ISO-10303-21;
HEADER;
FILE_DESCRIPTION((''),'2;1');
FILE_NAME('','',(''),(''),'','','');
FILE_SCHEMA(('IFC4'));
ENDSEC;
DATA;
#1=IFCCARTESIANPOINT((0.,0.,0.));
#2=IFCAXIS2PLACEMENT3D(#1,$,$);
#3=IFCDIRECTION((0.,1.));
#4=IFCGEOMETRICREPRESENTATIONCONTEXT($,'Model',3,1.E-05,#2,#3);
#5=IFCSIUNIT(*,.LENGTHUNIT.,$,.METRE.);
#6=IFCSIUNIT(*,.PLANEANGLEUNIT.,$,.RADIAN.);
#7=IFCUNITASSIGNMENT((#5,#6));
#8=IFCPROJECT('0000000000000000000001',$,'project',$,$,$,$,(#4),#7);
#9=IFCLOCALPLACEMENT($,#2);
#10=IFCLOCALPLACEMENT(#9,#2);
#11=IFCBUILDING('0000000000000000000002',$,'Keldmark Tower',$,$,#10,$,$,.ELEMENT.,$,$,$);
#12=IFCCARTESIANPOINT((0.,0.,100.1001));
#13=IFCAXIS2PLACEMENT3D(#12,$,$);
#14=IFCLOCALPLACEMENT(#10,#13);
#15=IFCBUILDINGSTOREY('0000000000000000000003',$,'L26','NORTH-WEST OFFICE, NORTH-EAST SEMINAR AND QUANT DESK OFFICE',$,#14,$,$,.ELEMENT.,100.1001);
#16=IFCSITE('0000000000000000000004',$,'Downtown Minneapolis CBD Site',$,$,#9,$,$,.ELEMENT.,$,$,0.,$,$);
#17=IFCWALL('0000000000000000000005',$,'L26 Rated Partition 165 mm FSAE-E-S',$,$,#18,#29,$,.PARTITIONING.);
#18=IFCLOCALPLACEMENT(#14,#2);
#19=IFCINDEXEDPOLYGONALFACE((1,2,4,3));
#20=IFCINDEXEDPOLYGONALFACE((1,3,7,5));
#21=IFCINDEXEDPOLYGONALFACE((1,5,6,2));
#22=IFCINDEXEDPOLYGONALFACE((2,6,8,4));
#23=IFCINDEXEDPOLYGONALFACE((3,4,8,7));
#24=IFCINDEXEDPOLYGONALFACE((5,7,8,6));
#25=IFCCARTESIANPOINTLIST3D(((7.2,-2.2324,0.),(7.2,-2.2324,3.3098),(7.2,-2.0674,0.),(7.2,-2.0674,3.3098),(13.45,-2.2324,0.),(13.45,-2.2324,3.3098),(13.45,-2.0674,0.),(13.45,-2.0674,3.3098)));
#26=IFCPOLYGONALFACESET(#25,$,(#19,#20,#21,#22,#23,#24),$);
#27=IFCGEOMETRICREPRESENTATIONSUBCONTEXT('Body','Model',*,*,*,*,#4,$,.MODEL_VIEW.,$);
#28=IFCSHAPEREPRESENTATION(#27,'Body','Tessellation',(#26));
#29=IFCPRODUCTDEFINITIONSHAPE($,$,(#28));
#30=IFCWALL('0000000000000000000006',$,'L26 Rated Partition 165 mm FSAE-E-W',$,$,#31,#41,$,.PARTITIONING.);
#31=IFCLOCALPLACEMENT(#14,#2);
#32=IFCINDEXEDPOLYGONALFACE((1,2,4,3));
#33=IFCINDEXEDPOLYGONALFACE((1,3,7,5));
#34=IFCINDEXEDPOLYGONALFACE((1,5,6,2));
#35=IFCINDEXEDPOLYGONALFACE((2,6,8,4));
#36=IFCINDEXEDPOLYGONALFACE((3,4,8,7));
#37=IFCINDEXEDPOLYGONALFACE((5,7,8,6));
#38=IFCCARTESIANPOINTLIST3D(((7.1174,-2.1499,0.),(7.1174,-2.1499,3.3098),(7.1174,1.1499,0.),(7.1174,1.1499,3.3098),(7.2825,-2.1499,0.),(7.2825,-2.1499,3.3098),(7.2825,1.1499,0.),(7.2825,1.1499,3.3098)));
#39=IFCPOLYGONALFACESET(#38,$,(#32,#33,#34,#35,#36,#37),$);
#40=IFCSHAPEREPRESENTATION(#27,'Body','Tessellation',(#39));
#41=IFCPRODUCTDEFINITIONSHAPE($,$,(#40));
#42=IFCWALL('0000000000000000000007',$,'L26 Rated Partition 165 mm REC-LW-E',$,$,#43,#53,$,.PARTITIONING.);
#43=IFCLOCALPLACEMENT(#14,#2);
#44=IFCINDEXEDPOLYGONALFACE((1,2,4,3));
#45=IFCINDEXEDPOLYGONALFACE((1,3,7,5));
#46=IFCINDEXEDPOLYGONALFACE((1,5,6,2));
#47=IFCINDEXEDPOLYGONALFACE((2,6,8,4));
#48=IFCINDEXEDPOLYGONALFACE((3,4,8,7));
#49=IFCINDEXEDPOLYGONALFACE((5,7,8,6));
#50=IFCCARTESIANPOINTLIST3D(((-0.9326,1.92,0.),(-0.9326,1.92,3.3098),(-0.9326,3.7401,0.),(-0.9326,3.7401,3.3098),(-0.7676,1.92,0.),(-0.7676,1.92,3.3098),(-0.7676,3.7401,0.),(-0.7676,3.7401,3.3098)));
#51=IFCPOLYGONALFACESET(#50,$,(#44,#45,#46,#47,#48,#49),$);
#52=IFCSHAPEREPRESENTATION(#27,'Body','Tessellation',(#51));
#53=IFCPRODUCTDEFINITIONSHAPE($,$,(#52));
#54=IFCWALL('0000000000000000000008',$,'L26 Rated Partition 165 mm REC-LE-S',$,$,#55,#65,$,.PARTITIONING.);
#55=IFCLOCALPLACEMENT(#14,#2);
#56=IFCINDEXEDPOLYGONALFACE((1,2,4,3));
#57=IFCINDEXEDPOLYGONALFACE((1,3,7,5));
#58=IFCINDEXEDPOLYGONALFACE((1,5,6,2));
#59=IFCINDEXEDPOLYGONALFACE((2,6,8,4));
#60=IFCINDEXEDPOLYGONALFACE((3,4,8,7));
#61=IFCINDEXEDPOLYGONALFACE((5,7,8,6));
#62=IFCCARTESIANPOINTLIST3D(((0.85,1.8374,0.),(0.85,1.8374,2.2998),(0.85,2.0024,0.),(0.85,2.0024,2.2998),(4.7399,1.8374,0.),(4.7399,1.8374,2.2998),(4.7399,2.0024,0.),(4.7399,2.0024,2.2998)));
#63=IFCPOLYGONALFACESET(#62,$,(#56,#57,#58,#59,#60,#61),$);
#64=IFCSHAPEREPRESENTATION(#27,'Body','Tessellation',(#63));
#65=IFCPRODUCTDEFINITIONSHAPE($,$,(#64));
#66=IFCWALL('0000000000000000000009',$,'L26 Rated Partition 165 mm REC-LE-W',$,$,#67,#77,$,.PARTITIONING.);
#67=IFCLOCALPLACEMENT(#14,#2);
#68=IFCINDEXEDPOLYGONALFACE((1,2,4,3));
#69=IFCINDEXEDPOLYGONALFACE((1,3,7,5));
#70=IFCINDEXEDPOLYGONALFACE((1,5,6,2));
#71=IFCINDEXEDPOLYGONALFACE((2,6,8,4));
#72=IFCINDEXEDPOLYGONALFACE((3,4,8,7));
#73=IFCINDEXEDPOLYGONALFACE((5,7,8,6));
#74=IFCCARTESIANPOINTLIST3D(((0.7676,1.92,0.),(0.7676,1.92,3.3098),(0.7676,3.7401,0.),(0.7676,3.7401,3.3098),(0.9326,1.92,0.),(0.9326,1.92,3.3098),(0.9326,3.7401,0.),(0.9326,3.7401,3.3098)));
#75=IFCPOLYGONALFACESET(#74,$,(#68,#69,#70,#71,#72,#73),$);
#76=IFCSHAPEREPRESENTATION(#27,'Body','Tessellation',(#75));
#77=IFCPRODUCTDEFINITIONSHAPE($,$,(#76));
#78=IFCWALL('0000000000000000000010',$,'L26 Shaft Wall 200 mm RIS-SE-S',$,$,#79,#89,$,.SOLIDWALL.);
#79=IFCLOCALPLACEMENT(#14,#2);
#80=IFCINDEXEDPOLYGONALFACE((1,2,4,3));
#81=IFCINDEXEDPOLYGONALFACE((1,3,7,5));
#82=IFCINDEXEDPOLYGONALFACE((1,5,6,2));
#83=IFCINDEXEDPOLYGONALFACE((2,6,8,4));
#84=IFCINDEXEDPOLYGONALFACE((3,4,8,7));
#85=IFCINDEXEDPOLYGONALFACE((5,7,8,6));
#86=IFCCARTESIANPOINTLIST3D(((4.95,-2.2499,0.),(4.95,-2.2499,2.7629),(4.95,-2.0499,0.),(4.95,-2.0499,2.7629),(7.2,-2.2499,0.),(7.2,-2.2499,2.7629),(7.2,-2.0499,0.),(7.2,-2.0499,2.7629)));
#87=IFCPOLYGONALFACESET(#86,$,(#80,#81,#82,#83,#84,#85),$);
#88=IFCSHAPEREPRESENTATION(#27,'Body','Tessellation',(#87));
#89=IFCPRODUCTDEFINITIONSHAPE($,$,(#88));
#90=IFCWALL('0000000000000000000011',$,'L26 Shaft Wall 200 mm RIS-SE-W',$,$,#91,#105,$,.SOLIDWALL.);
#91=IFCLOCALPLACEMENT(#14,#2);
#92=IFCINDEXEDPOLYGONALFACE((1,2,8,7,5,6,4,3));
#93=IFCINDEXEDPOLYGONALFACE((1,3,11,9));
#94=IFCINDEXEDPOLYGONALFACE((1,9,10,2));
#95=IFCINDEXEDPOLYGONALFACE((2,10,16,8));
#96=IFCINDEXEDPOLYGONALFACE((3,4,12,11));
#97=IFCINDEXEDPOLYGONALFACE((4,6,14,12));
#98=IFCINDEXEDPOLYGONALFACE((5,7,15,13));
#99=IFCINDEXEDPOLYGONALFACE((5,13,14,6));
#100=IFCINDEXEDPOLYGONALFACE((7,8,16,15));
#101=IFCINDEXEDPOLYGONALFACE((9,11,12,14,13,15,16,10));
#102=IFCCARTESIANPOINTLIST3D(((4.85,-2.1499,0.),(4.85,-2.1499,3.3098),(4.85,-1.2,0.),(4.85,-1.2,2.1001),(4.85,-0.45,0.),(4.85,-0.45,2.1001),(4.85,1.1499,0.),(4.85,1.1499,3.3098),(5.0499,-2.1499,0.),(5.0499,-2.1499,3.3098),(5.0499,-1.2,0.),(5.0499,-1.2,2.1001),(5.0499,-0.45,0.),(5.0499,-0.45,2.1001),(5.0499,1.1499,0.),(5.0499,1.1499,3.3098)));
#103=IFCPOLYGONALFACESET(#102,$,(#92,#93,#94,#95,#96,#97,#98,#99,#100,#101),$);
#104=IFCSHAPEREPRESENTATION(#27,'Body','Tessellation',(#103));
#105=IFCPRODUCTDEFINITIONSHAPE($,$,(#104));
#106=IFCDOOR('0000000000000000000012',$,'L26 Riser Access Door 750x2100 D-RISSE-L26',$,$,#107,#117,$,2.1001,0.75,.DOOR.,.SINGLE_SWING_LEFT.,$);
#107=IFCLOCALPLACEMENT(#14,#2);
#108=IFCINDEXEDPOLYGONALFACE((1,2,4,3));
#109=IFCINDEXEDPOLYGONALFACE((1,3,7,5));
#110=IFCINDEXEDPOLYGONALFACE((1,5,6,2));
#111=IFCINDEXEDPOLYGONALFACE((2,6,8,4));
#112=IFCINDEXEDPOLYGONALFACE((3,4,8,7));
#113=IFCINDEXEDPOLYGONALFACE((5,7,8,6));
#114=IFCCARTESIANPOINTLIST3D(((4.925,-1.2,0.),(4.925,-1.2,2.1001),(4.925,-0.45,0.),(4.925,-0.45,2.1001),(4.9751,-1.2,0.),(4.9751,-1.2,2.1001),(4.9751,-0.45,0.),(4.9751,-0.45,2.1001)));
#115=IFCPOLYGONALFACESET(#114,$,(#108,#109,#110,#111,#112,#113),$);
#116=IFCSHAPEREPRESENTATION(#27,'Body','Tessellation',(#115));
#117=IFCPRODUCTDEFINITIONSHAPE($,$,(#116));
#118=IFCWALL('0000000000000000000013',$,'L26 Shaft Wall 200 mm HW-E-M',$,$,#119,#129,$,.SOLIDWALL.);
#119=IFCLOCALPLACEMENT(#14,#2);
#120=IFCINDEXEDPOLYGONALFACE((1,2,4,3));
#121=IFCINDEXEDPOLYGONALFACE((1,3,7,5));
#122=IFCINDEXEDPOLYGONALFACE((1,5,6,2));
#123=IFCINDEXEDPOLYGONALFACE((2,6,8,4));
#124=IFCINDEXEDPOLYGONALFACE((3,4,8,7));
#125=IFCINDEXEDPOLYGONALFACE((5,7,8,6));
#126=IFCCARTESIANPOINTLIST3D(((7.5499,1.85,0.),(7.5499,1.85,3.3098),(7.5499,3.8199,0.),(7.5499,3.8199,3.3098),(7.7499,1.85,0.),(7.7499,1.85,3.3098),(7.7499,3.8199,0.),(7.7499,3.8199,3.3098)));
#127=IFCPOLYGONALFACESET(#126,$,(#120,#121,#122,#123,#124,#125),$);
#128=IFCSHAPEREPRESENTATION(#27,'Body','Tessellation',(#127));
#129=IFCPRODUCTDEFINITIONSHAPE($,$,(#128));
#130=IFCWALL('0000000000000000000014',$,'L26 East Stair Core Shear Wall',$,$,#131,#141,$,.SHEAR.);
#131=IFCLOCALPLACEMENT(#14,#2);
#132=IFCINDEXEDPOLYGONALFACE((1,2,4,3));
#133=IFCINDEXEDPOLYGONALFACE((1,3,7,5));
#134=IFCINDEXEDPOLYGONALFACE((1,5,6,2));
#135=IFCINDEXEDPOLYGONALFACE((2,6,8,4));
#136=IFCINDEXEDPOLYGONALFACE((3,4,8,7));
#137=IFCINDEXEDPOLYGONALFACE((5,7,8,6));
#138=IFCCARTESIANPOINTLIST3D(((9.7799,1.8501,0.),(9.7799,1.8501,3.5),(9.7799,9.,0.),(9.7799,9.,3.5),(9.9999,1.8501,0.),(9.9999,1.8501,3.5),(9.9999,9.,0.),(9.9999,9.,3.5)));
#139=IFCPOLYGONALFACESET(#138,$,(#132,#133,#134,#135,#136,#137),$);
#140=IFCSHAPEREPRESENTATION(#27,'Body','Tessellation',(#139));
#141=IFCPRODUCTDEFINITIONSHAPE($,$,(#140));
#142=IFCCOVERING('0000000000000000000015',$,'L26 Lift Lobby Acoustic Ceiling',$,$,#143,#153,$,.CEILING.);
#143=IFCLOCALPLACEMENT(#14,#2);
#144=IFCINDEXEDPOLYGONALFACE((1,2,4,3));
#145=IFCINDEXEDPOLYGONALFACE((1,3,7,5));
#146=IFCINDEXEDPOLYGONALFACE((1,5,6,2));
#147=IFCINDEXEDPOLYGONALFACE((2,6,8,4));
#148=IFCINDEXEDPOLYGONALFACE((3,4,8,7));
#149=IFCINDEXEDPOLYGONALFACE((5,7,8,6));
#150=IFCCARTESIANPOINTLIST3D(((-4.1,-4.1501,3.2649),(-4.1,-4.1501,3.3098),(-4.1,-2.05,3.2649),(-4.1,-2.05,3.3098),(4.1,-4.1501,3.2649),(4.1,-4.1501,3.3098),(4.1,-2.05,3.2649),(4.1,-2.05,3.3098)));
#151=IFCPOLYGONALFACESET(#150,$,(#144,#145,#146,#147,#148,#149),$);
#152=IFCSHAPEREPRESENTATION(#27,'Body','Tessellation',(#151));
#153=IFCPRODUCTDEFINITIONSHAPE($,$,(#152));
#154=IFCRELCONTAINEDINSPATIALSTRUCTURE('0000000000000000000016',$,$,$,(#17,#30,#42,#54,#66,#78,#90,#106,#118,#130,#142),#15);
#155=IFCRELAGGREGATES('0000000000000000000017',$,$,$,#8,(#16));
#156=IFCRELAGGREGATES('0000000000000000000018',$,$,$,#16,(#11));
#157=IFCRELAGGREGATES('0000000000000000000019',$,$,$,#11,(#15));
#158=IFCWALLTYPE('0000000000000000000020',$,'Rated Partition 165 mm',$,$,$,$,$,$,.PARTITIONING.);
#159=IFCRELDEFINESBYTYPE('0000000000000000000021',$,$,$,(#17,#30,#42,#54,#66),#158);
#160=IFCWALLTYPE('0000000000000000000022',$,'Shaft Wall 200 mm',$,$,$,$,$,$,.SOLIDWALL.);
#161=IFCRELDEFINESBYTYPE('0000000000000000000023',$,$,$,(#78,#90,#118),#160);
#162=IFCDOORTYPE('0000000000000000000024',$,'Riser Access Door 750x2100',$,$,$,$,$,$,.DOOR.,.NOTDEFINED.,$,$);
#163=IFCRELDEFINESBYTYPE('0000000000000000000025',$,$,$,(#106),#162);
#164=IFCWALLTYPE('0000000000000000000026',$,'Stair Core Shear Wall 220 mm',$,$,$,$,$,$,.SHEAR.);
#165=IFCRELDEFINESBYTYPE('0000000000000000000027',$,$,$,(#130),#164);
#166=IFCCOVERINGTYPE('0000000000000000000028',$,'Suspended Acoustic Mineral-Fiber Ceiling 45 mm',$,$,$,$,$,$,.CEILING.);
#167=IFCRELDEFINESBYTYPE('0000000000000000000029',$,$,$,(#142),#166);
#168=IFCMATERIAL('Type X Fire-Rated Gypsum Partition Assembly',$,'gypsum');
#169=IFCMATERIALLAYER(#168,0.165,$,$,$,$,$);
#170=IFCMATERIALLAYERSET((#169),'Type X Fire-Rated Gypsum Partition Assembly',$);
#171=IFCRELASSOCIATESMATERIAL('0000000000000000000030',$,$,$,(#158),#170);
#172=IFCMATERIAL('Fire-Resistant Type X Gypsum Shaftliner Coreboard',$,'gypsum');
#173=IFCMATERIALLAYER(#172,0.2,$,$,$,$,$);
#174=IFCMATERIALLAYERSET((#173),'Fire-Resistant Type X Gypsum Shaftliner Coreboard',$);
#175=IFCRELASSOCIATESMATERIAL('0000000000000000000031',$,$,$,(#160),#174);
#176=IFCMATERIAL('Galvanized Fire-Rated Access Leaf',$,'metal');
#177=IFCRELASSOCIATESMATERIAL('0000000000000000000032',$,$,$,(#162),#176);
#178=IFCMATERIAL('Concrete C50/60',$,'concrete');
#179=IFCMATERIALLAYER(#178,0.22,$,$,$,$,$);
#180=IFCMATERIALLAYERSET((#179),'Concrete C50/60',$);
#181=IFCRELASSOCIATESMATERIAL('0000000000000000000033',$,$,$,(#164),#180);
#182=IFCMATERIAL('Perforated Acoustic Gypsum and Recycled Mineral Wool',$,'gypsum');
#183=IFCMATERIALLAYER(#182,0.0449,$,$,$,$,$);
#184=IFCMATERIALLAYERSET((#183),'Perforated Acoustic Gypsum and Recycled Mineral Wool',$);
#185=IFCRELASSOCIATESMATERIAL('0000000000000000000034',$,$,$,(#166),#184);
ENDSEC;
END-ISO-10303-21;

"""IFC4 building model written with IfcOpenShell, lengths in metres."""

from ifc_helpers import new_model, si_unit, direction, frame, frame_2d, origin, origin_2d, place, context, subcontext, project, spatial, rectangle, extrude, material, layer, layer_set, type_object, element, fill, save


model = new_model("IFC4")

# Units and contexts
model_context = context("Model", 3, precision=1e-05, world=origin(), true_north=direction((0.0, 1.0)))
body_context = subcontext(model_context, "Body", "Model", "MODEL_VIEW")
ifc_project = project(units=[si_unit("LENGTHUNIT", "METRE"), si_unit("PLANEANGLEUNIT", "RADIAN")], contexts=[model_context])

# Site, building, storey
site_placement = place(None, origin())
site = spatial("IfcSite", under=ifc_project, at=site_placement, Name="Downtown Minneapolis CBD Site", CompositionType="ELEMENT", RefElevation=0.0)
building_placement = place(site_placement, origin())
building = spatial("IfcBuilding", under=site, at=building_placement, Name="Keldmark Tower", CompositionType="ELEMENT")
storey_placement = place(building_placement, frame((0.0, 0.0, 100.1001)))
storey = spatial("IfcBuildingStorey", under=building, at=storey_placement, Name="L26", Description="NORTH-WEST OFFICE, NORTH-EAST SEMINAR AND QUANT DESK OFFICE", CompositionType="ELEMENT", Elevation=100.1001)

# Walls
ifc_material_1 = material(Name="Type X Fire-Rated Gypsum Partition Assembly", Category="gypsum")
ifc_layer_1 = layer(ifc_material_1, 0.165)
ifc_layer_set_1 = layer_set([ifc_layer_1], Name="Type X Fire-Rated Gypsum Partition Assembly")
wall_type_1 = type_object("IfcWallType", Name="Rated Partition 165 mm", PredefinedType="PARTITIONING", material=ifc_layer_set_1)
wall_1_placement = place(storey_placement, frame((7.2, -2.1499, 0.0), z_axis=(0.0, 0.0, 1.0), x_axis=(1.0, 0.0, 0.0)))
element("IfcWall", 1, at=wall_1_placement, inside=storey, type_object=wall_type_1, Name="L26 Rated Partition 165 mm FSAE-E-S", PredefinedType="PARTITIONING", context=body_context, shape_type="SweptSolid", body=[
    extrude(rectangle(XDim=6.25, YDim=0.165, at=frame_2d((3.125, 0.0))), origin(), (0.0, 0.0, 1.0), 3.3098),
])
wall_2_placement = place(storey_placement, frame((7.2, -2.1499, 0.0), z_axis=(0.0, 0.0, 1.0), x_axis=(0.0, 1.0, 0.0)))
element("IfcWall", 2, at=wall_2_placement, inside=storey, type_object=wall_type_1, Name="L26 Rated Partition 165 mm FSAE-E-W", PredefinedType="PARTITIONING", context=body_context, shape_type="SweptSolid", body=[
    extrude(rectangle(XDim=3.2998, YDim=0.165, at=frame_2d((1.6499, 0.0))), origin(), (0.0, 0.0, 1.0), 3.3098),
])

# Walls
wall_3_placement = place(storey_placement, frame((-0.8501, 1.9199, 0.0), z_axis=(0.0, 0.0, 1.0), x_axis=(0.0, 1.0, 0.0)))
element("IfcWall", 3, at=wall_3_placement, inside=storey, type_object=wall_type_1, Name="L26 Rated Partition 165 mm REC-LW-E", PredefinedType="PARTITIONING", context=body_context, shape_type="SweptSolid", body=[
    extrude(rectangle(XDim=1.8201, YDim=0.165, at=frame_2d((0.9102, 0.0))), origin(), (0.0, 0.0, 1.0), 3.3098),
])
wall_4_placement = place(storey_placement, frame((0.8501, 1.9199, 0.0), z_axis=(0.0, 0.0, 1.0), x_axis=(1.0, 0.0, 0.0)))
element("IfcWall", 4, at=wall_4_placement, inside=storey, type_object=wall_type_1, Name="L26 Rated Partition 165 mm REC-LE-S", PredefinedType="PARTITIONING", context=body_context, shape_type="SweptSolid", body=[
    extrude(rectangle(XDim=3.8899, YDim=0.165, at=frame_2d((1.9448, 0.0))), origin(), (0.0, 0.0, 1.0), 2.2998),
])
wall_5_placement = place(storey_placement, frame((0.8501, 1.9199, 0.0), z_axis=(0.0, 0.0, 1.0), x_axis=(0.0, 1.0, 0.0)))
element("IfcWall", 5, at=wall_5_placement, inside=storey, type_object=wall_type_1, Name="L26 Rated Partition 165 mm REC-LE-W", PredefinedType="PARTITIONING", context=body_context, shape_type="SweptSolid", body=[
    extrude(rectangle(XDim=1.8201, YDim=0.165, at=frame_2d((0.9102, 0.0))), origin(), (0.0, 0.0, 1.0), 3.3098),
])
ifc_material_2 = material(Name="Fire-Resistant Type X Gypsum Shaftliner Coreboard", Category="gypsum")
ifc_layer_2 = layer(ifc_material_2, 0.2)
ifc_layer_set_2 = layer_set([ifc_layer_2], Name="Fire-Resistant Type X Gypsum Shaftliner Coreboard")
wall_type_2 = type_object("IfcWallType", Name="Shaft Wall 200 mm", PredefinedType="SOLIDWALL", material=ifc_layer_set_2)
wall_6_placement = place(storey_placement, frame((4.95, -2.1499, 0.0), z_axis=(0.0, 0.0, 1.0), x_axis=(1.0, 0.0, 0.0)))
element("IfcWall", 6, at=wall_6_placement, inside=storey, type_object=wall_type_2, Name="L26 Shaft Wall 200 mm RIS-SE-S", PredefinedType="SOLIDWALL", context=body_context, shape_type="SweptSolid", body=[
    extrude(rectangle(XDim=2.25, YDim=0.2, at=frame_2d((1.125, 0.0))), origin(), (0.0, 0.0, 1.0), 2.7629),
])

# Wall, opening, door
wall_7_placement = place(storey_placement, frame((4.95, -2.1499, 0.0), z_axis=(0.0, 0.0, 1.0), x_axis=(0.0, 1.0, 0.0)))
wall_7 = element("IfcWall", 7, at=wall_7_placement, inside=storey, type_object=wall_type_2, Name="L26 Shaft Wall 200 mm RIS-SE-W", PredefinedType="SOLIDWALL", context=body_context, shape_type="SweptSolid", body=[
    extrude(rectangle(XDim=3.2998, YDim=0.2, at=frame_2d((1.6499, 0.0))), origin(), (0.0, 0.0, 1.0), 3.3098),
])
opening_1_placement = place(wall_7_placement, frame((0.95, 0.0, 0.0)))
opening_1 = element("IfcOpeningElement", 8, at=opening_1_placement, cuts=wall_7, PredefinedType="OPENING", context=body_context, shape_type="SweptSolid", body=[
    extrude(rectangle(XDim=0.75, YDim=2.1001, at=frame_2d((0.375, 1.05))), frame((0.0, 0.1099, 0.0), z_axis=(0.0, -1.0, 0.0), x_axis=(1.0, 0.0, 0.0)), (0.0, 0.0, 1.0), 0.22),
])
ifc_material_3 = material(Name="Galvanized Fire-Rated Access Leaf", Category="metal")
door_type_1 = type_object("IfcDoorType", Name="Riser Access Door 750x2100", OperationType="NOTDEFINED", PredefinedType="DOOR", material=ifc_material_3)
door_1_placement = place(opening_1_placement, origin())
door_1 = element("IfcDoor", 9, at=door_1_placement, inside=storey, type_object=door_type_1, Name="L26 Riser Access Door 750x2100 D-RISSE-L26", OperationType="SINGLE_SWING_LEFT", OverallHeight=2.1001, OverallWidth=0.75, PredefinedType="DOOR", context=body_context, shape_type="SweptSolid", body=[
    extrude(rectangle(XDim=0.75, YDim=2.1001, at=frame_2d((0.375, 1.05))), frame((0.0, 0.0249, 0.0), z_axis=(0.0, -1.0, 0.0), x_axis=(1.0, 0.0, 0.0)), (0.0, 0.0, 1.0), 0.05),
])
fill(opening_1, door_1)

# Walls
wall_8_placement = place(storey_placement, frame((7.6499, 1.8501, 0.0), z_axis=(0.0, 0.0, 1.0), x_axis=(0.0, 1.0, 0.0)))
element("IfcWall", 10, at=wall_8_placement, inside=storey, type_object=wall_type_2, Name="L26 Shaft Wall 200 mm HW-E-M", PredefinedType="SOLIDWALL", context=body_context, shape_type="SweptSolid", body=[
    extrude(rectangle(XDim=1.97, YDim=0.2, at=frame_2d((0.9849, 0.0))), origin(), (0.0, 0.0, 1.0), 3.3098),
])
ifc_material_4 = material(Name="Concrete C50/60", Category="concrete")
ifc_layer_3 = layer(ifc_material_4, 0.22)
ifc_layer_set_3 = layer_set([ifc_layer_3], Name="Concrete C50/60")
wall_type_3 = type_object("IfcWallType", Name="Stair Core Shear Wall 220 mm", PredefinedType="SHEAR", material=ifc_layer_set_3)
wall_9_placement = place(storey_placement, frame((9.8899, 1.8501, 0.0), z_axis=(0.0, 0.0, 1.0), x_axis=(0.0, 1.0, 0.0)))
element("IfcWall", 11, at=wall_9_placement, inside=storey, type_object=wall_type_3, Name="L26 East Stair Core Shear Wall", PredefinedType="SHEAR", context=body_context, shape_type="SweptSolid", body=[
    extrude(rectangle(XDim=7.1499, YDim=0.22, at=frame_2d((3.575, 0.0))), origin(), (0.0, 0.0, 1.0), 3.5),
])

# Covering
ifc_material_5 = material(Name="Perforated Acoustic Gypsum and Recycled Mineral Wool", Category="gypsum")
ifc_layer_4 = layer(ifc_material_5, 0.0449)
ifc_layer_set_4 = layer_set([ifc_layer_4], Name="Perforated Acoustic Gypsum and Recycled Mineral Wool")
covering_type = type_object("IfcCoveringType", Name="Suspended Acoustic Mineral-Fiber Ceiling 45 mm", PredefinedType="CEILING", material=ifc_layer_set_4)
covering_placement = place(storey_placement, frame((0.0, -3.1001, 3.2649), z_axis=(0.0, 0.0, 1.0), x_axis=(1.0, 0.0, 0.0)))
element("IfcCovering", 12, at=covering_placement, inside=storey, type_object=covering_type, Name="L26 Lift Lobby Acoustic Ceiling", PredefinedType="CEILING", context=body_context, shape_type="SweptSolid", body=[
    extrude(rectangle(XDim=8.2, YDim=2.1001, at=origin_2d()), origin(), (0.0, 0.0, 1.0), 0.0449),
])

save(model, "model.ifc")
